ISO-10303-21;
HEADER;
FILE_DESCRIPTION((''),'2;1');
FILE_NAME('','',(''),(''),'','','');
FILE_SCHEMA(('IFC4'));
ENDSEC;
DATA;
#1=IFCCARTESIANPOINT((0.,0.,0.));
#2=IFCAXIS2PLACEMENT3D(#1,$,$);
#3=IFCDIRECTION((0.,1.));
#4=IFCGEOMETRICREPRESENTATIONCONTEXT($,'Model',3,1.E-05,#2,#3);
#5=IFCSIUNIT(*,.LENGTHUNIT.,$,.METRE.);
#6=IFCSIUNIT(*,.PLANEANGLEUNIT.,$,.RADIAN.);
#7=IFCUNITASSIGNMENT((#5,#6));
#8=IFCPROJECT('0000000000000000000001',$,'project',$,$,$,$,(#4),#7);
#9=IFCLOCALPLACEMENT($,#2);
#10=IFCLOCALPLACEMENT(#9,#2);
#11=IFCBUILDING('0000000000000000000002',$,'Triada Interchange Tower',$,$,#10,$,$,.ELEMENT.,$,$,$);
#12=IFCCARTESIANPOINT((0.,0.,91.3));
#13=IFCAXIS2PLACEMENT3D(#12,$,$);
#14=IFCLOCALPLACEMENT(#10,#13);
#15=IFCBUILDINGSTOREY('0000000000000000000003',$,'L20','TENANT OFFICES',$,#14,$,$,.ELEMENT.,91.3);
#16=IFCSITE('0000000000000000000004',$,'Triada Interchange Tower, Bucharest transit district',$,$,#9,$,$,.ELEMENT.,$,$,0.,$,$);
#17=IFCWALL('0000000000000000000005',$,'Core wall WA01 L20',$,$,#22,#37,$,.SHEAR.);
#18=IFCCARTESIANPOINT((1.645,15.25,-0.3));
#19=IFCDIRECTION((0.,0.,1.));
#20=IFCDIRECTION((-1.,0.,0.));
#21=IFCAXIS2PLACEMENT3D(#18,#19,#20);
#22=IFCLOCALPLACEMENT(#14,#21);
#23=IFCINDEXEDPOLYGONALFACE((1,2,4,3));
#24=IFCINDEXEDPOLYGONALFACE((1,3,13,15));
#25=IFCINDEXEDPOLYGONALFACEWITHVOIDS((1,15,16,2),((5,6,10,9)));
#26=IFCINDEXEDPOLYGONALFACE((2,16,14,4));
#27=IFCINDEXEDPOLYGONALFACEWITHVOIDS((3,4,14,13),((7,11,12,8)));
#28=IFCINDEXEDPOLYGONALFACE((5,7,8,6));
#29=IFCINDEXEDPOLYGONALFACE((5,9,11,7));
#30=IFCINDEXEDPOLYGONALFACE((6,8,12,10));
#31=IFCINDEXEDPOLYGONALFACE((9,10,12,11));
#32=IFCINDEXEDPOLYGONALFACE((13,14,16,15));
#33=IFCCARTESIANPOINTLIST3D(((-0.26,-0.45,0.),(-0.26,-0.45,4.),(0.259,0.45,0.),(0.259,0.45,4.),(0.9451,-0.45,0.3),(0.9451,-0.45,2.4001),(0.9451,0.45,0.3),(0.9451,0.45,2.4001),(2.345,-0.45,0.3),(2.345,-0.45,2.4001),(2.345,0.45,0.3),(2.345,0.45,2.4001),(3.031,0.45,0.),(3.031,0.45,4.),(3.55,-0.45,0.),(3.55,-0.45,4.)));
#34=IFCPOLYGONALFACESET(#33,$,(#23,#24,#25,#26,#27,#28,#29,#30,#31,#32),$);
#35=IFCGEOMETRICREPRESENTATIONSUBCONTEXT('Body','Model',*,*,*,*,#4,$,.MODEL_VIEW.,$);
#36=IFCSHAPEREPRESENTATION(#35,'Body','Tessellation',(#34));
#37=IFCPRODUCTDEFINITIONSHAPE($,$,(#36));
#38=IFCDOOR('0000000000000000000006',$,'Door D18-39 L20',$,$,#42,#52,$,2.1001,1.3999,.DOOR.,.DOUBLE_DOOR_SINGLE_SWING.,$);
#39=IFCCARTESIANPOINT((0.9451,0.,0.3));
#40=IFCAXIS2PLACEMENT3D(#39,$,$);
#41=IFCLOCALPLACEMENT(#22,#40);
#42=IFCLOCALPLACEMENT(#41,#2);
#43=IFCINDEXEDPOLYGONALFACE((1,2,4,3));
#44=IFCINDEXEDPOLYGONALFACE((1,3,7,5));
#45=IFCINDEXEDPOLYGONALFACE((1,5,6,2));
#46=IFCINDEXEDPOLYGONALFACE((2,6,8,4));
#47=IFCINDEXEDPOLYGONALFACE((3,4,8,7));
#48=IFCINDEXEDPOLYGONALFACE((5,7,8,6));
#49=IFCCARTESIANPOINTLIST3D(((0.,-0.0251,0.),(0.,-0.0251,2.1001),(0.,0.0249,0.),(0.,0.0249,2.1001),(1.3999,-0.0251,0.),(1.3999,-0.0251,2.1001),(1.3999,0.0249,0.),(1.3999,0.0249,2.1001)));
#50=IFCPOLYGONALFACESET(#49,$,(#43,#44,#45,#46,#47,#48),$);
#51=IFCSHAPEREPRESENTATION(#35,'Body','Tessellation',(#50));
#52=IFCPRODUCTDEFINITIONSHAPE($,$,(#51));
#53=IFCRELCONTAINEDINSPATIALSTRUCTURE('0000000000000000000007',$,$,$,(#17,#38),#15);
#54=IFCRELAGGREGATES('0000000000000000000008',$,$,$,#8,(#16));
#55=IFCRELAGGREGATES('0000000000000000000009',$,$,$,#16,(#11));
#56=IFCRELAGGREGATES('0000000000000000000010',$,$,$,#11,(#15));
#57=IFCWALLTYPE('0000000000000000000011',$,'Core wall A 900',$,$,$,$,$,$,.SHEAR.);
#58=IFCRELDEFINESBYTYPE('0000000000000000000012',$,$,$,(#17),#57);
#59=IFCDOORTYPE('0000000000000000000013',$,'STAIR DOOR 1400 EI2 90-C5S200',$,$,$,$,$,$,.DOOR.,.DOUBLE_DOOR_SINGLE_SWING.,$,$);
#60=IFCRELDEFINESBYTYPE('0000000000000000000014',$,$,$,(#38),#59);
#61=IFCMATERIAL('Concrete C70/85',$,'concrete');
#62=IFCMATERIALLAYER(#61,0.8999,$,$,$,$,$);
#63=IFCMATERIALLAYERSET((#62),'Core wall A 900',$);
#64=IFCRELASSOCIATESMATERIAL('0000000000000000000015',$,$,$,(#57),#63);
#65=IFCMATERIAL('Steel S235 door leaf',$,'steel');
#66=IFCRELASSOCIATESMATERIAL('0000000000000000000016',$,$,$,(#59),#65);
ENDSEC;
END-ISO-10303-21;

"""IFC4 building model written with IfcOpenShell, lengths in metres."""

from ifc_helpers import new_model, si_unit, direction, frame, frame_2d, origin, place, context, subcontext, project, spatial, polyline, rectangle, outline, extrude, material, layer, layer_set, type_object, element, fill, save


model = new_model("IFC4")

# Units and contexts
model_context = context("Model", 3, precision=1e-05, world=origin(), true_north=direction((0.0, 1.0)))
body_context = subcontext(model_context, "Body", "Model", "MODEL_VIEW")
ifc_project = project(units=[si_unit("LENGTHUNIT", "METRE"), si_unit("PLANEANGLEUNIT", "RADIAN")], contexts=[model_context])

# Site, building, storey
site_placement = place(None, origin())
site = spatial("IfcSite", under=ifc_project, at=site_placement, Name="Triada Interchange Tower, Bucharest transit district", CompositionType="ELEMENT", RefElevation=0.0)
building_placement = place(site_placement, origin())
building = spatial("IfcBuilding", under=site, at=building_placement, Name="Triada Interchange Tower", CompositionType="ELEMENT")
storey_placement = place(building_placement, frame((0.0, 0.0, 91.3)))
storey = spatial("IfcBuildingStorey", under=building, at=storey_placement, Name="L20", Description="TENANT OFFICES", CompositionType="ELEMENT", Elevation=91.3)

# Shared definitions
ifc_material_1 = material(Name="Concrete C70/85", Category="concrete")

# Wall, opening, door
ifc_layer_1 = layer(ifc_material_1, 0.8999)
ifc_layer_set_1 = layer_set([ifc_layer_1], Name="Core wall A 900")
wall_type_1 = type_object("IfcWallType", Name="Core wall A 900", PredefinedType="SHEAR", material=ifc_layer_set_1)
wall_1_placement = place(storey_placement, frame((1.645, 15.25, -0.3), z_axis=(0.0, 0.0, 1.0), x_axis=(-1.0, 0.0, 0.0)))
wall_1 = element("IfcWall", 1, at=wall_1_placement, inside=storey, type_object=wall_type_1, Name="Core wall WA01 L20", PredefinedType="SHEAR", context=body_context, shape_type="SweptSolid", body=[
    extrude(outline(polyline([(-0.26, -0.45), (1.645, -0.45), (3.55, -0.45), (3.031, 0.45), (1.645, 0.45), (0.259, 0.45), (-0.26, -0.45)])), origin(), (0.0, 0.0, 1.0), 4.0),
])
opening_1_placement = place(wall_1_placement, frame((0.9451, 0.0, 0.3)))
opening_1 = element("IfcOpeningElement", 2, at=opening_1_placement, cuts=wall_1, PredefinedType="OPENING", context=body_context, shape_type="SweptSolid", body=[
    extrude(rectangle(XDim=1.3999, YDim=2.1001, at=frame_2d((0.7, 1.05))), frame((0.0, 0.46, 0.0), z_axis=(0.0, -1.0, 0.0), x_axis=(1.0, 0.0, 0.0)), (0.0, 0.0, 1.0), 0.9199),
])
ifc_material_2 = material(Name="Steel S235 door leaf", Category="steel")
door_type_1 = type_object("IfcDoorType", Name="STAIR DOOR 1400 EI2 90-C5S200", OperationType="DOUBLE_DOOR_SINGLE_SWING", PredefinedType="DOOR", material=ifc_material_2)
door_1_placement = place(opening_1_placement, origin())
door_1 = element("IfcDoor", 3, at=door_1_placement, inside=storey, type_object=door_type_1, Name="Door D18-39 L20", OperationType="DOUBLE_DOOR_SINGLE_SWING", OverallHeight=2.1001, OverallWidth=1.3999, PredefinedType="DOOR", context=body_context, shape_type="SweptSolid", body=[
    extrude(rectangle(XDim=1.3999, YDim=2.1001, at=frame_2d((0.7, 1.05))), frame((0.0, 0.0249, 0.0), z_axis=(0.0, -1.0, 0.0), x_axis=(1.0, 0.0, 0.0)), (0.0, 0.0, 1.0), 0.05),
])
fill(opening_1, door_1)

save(model, "model.ifc")
